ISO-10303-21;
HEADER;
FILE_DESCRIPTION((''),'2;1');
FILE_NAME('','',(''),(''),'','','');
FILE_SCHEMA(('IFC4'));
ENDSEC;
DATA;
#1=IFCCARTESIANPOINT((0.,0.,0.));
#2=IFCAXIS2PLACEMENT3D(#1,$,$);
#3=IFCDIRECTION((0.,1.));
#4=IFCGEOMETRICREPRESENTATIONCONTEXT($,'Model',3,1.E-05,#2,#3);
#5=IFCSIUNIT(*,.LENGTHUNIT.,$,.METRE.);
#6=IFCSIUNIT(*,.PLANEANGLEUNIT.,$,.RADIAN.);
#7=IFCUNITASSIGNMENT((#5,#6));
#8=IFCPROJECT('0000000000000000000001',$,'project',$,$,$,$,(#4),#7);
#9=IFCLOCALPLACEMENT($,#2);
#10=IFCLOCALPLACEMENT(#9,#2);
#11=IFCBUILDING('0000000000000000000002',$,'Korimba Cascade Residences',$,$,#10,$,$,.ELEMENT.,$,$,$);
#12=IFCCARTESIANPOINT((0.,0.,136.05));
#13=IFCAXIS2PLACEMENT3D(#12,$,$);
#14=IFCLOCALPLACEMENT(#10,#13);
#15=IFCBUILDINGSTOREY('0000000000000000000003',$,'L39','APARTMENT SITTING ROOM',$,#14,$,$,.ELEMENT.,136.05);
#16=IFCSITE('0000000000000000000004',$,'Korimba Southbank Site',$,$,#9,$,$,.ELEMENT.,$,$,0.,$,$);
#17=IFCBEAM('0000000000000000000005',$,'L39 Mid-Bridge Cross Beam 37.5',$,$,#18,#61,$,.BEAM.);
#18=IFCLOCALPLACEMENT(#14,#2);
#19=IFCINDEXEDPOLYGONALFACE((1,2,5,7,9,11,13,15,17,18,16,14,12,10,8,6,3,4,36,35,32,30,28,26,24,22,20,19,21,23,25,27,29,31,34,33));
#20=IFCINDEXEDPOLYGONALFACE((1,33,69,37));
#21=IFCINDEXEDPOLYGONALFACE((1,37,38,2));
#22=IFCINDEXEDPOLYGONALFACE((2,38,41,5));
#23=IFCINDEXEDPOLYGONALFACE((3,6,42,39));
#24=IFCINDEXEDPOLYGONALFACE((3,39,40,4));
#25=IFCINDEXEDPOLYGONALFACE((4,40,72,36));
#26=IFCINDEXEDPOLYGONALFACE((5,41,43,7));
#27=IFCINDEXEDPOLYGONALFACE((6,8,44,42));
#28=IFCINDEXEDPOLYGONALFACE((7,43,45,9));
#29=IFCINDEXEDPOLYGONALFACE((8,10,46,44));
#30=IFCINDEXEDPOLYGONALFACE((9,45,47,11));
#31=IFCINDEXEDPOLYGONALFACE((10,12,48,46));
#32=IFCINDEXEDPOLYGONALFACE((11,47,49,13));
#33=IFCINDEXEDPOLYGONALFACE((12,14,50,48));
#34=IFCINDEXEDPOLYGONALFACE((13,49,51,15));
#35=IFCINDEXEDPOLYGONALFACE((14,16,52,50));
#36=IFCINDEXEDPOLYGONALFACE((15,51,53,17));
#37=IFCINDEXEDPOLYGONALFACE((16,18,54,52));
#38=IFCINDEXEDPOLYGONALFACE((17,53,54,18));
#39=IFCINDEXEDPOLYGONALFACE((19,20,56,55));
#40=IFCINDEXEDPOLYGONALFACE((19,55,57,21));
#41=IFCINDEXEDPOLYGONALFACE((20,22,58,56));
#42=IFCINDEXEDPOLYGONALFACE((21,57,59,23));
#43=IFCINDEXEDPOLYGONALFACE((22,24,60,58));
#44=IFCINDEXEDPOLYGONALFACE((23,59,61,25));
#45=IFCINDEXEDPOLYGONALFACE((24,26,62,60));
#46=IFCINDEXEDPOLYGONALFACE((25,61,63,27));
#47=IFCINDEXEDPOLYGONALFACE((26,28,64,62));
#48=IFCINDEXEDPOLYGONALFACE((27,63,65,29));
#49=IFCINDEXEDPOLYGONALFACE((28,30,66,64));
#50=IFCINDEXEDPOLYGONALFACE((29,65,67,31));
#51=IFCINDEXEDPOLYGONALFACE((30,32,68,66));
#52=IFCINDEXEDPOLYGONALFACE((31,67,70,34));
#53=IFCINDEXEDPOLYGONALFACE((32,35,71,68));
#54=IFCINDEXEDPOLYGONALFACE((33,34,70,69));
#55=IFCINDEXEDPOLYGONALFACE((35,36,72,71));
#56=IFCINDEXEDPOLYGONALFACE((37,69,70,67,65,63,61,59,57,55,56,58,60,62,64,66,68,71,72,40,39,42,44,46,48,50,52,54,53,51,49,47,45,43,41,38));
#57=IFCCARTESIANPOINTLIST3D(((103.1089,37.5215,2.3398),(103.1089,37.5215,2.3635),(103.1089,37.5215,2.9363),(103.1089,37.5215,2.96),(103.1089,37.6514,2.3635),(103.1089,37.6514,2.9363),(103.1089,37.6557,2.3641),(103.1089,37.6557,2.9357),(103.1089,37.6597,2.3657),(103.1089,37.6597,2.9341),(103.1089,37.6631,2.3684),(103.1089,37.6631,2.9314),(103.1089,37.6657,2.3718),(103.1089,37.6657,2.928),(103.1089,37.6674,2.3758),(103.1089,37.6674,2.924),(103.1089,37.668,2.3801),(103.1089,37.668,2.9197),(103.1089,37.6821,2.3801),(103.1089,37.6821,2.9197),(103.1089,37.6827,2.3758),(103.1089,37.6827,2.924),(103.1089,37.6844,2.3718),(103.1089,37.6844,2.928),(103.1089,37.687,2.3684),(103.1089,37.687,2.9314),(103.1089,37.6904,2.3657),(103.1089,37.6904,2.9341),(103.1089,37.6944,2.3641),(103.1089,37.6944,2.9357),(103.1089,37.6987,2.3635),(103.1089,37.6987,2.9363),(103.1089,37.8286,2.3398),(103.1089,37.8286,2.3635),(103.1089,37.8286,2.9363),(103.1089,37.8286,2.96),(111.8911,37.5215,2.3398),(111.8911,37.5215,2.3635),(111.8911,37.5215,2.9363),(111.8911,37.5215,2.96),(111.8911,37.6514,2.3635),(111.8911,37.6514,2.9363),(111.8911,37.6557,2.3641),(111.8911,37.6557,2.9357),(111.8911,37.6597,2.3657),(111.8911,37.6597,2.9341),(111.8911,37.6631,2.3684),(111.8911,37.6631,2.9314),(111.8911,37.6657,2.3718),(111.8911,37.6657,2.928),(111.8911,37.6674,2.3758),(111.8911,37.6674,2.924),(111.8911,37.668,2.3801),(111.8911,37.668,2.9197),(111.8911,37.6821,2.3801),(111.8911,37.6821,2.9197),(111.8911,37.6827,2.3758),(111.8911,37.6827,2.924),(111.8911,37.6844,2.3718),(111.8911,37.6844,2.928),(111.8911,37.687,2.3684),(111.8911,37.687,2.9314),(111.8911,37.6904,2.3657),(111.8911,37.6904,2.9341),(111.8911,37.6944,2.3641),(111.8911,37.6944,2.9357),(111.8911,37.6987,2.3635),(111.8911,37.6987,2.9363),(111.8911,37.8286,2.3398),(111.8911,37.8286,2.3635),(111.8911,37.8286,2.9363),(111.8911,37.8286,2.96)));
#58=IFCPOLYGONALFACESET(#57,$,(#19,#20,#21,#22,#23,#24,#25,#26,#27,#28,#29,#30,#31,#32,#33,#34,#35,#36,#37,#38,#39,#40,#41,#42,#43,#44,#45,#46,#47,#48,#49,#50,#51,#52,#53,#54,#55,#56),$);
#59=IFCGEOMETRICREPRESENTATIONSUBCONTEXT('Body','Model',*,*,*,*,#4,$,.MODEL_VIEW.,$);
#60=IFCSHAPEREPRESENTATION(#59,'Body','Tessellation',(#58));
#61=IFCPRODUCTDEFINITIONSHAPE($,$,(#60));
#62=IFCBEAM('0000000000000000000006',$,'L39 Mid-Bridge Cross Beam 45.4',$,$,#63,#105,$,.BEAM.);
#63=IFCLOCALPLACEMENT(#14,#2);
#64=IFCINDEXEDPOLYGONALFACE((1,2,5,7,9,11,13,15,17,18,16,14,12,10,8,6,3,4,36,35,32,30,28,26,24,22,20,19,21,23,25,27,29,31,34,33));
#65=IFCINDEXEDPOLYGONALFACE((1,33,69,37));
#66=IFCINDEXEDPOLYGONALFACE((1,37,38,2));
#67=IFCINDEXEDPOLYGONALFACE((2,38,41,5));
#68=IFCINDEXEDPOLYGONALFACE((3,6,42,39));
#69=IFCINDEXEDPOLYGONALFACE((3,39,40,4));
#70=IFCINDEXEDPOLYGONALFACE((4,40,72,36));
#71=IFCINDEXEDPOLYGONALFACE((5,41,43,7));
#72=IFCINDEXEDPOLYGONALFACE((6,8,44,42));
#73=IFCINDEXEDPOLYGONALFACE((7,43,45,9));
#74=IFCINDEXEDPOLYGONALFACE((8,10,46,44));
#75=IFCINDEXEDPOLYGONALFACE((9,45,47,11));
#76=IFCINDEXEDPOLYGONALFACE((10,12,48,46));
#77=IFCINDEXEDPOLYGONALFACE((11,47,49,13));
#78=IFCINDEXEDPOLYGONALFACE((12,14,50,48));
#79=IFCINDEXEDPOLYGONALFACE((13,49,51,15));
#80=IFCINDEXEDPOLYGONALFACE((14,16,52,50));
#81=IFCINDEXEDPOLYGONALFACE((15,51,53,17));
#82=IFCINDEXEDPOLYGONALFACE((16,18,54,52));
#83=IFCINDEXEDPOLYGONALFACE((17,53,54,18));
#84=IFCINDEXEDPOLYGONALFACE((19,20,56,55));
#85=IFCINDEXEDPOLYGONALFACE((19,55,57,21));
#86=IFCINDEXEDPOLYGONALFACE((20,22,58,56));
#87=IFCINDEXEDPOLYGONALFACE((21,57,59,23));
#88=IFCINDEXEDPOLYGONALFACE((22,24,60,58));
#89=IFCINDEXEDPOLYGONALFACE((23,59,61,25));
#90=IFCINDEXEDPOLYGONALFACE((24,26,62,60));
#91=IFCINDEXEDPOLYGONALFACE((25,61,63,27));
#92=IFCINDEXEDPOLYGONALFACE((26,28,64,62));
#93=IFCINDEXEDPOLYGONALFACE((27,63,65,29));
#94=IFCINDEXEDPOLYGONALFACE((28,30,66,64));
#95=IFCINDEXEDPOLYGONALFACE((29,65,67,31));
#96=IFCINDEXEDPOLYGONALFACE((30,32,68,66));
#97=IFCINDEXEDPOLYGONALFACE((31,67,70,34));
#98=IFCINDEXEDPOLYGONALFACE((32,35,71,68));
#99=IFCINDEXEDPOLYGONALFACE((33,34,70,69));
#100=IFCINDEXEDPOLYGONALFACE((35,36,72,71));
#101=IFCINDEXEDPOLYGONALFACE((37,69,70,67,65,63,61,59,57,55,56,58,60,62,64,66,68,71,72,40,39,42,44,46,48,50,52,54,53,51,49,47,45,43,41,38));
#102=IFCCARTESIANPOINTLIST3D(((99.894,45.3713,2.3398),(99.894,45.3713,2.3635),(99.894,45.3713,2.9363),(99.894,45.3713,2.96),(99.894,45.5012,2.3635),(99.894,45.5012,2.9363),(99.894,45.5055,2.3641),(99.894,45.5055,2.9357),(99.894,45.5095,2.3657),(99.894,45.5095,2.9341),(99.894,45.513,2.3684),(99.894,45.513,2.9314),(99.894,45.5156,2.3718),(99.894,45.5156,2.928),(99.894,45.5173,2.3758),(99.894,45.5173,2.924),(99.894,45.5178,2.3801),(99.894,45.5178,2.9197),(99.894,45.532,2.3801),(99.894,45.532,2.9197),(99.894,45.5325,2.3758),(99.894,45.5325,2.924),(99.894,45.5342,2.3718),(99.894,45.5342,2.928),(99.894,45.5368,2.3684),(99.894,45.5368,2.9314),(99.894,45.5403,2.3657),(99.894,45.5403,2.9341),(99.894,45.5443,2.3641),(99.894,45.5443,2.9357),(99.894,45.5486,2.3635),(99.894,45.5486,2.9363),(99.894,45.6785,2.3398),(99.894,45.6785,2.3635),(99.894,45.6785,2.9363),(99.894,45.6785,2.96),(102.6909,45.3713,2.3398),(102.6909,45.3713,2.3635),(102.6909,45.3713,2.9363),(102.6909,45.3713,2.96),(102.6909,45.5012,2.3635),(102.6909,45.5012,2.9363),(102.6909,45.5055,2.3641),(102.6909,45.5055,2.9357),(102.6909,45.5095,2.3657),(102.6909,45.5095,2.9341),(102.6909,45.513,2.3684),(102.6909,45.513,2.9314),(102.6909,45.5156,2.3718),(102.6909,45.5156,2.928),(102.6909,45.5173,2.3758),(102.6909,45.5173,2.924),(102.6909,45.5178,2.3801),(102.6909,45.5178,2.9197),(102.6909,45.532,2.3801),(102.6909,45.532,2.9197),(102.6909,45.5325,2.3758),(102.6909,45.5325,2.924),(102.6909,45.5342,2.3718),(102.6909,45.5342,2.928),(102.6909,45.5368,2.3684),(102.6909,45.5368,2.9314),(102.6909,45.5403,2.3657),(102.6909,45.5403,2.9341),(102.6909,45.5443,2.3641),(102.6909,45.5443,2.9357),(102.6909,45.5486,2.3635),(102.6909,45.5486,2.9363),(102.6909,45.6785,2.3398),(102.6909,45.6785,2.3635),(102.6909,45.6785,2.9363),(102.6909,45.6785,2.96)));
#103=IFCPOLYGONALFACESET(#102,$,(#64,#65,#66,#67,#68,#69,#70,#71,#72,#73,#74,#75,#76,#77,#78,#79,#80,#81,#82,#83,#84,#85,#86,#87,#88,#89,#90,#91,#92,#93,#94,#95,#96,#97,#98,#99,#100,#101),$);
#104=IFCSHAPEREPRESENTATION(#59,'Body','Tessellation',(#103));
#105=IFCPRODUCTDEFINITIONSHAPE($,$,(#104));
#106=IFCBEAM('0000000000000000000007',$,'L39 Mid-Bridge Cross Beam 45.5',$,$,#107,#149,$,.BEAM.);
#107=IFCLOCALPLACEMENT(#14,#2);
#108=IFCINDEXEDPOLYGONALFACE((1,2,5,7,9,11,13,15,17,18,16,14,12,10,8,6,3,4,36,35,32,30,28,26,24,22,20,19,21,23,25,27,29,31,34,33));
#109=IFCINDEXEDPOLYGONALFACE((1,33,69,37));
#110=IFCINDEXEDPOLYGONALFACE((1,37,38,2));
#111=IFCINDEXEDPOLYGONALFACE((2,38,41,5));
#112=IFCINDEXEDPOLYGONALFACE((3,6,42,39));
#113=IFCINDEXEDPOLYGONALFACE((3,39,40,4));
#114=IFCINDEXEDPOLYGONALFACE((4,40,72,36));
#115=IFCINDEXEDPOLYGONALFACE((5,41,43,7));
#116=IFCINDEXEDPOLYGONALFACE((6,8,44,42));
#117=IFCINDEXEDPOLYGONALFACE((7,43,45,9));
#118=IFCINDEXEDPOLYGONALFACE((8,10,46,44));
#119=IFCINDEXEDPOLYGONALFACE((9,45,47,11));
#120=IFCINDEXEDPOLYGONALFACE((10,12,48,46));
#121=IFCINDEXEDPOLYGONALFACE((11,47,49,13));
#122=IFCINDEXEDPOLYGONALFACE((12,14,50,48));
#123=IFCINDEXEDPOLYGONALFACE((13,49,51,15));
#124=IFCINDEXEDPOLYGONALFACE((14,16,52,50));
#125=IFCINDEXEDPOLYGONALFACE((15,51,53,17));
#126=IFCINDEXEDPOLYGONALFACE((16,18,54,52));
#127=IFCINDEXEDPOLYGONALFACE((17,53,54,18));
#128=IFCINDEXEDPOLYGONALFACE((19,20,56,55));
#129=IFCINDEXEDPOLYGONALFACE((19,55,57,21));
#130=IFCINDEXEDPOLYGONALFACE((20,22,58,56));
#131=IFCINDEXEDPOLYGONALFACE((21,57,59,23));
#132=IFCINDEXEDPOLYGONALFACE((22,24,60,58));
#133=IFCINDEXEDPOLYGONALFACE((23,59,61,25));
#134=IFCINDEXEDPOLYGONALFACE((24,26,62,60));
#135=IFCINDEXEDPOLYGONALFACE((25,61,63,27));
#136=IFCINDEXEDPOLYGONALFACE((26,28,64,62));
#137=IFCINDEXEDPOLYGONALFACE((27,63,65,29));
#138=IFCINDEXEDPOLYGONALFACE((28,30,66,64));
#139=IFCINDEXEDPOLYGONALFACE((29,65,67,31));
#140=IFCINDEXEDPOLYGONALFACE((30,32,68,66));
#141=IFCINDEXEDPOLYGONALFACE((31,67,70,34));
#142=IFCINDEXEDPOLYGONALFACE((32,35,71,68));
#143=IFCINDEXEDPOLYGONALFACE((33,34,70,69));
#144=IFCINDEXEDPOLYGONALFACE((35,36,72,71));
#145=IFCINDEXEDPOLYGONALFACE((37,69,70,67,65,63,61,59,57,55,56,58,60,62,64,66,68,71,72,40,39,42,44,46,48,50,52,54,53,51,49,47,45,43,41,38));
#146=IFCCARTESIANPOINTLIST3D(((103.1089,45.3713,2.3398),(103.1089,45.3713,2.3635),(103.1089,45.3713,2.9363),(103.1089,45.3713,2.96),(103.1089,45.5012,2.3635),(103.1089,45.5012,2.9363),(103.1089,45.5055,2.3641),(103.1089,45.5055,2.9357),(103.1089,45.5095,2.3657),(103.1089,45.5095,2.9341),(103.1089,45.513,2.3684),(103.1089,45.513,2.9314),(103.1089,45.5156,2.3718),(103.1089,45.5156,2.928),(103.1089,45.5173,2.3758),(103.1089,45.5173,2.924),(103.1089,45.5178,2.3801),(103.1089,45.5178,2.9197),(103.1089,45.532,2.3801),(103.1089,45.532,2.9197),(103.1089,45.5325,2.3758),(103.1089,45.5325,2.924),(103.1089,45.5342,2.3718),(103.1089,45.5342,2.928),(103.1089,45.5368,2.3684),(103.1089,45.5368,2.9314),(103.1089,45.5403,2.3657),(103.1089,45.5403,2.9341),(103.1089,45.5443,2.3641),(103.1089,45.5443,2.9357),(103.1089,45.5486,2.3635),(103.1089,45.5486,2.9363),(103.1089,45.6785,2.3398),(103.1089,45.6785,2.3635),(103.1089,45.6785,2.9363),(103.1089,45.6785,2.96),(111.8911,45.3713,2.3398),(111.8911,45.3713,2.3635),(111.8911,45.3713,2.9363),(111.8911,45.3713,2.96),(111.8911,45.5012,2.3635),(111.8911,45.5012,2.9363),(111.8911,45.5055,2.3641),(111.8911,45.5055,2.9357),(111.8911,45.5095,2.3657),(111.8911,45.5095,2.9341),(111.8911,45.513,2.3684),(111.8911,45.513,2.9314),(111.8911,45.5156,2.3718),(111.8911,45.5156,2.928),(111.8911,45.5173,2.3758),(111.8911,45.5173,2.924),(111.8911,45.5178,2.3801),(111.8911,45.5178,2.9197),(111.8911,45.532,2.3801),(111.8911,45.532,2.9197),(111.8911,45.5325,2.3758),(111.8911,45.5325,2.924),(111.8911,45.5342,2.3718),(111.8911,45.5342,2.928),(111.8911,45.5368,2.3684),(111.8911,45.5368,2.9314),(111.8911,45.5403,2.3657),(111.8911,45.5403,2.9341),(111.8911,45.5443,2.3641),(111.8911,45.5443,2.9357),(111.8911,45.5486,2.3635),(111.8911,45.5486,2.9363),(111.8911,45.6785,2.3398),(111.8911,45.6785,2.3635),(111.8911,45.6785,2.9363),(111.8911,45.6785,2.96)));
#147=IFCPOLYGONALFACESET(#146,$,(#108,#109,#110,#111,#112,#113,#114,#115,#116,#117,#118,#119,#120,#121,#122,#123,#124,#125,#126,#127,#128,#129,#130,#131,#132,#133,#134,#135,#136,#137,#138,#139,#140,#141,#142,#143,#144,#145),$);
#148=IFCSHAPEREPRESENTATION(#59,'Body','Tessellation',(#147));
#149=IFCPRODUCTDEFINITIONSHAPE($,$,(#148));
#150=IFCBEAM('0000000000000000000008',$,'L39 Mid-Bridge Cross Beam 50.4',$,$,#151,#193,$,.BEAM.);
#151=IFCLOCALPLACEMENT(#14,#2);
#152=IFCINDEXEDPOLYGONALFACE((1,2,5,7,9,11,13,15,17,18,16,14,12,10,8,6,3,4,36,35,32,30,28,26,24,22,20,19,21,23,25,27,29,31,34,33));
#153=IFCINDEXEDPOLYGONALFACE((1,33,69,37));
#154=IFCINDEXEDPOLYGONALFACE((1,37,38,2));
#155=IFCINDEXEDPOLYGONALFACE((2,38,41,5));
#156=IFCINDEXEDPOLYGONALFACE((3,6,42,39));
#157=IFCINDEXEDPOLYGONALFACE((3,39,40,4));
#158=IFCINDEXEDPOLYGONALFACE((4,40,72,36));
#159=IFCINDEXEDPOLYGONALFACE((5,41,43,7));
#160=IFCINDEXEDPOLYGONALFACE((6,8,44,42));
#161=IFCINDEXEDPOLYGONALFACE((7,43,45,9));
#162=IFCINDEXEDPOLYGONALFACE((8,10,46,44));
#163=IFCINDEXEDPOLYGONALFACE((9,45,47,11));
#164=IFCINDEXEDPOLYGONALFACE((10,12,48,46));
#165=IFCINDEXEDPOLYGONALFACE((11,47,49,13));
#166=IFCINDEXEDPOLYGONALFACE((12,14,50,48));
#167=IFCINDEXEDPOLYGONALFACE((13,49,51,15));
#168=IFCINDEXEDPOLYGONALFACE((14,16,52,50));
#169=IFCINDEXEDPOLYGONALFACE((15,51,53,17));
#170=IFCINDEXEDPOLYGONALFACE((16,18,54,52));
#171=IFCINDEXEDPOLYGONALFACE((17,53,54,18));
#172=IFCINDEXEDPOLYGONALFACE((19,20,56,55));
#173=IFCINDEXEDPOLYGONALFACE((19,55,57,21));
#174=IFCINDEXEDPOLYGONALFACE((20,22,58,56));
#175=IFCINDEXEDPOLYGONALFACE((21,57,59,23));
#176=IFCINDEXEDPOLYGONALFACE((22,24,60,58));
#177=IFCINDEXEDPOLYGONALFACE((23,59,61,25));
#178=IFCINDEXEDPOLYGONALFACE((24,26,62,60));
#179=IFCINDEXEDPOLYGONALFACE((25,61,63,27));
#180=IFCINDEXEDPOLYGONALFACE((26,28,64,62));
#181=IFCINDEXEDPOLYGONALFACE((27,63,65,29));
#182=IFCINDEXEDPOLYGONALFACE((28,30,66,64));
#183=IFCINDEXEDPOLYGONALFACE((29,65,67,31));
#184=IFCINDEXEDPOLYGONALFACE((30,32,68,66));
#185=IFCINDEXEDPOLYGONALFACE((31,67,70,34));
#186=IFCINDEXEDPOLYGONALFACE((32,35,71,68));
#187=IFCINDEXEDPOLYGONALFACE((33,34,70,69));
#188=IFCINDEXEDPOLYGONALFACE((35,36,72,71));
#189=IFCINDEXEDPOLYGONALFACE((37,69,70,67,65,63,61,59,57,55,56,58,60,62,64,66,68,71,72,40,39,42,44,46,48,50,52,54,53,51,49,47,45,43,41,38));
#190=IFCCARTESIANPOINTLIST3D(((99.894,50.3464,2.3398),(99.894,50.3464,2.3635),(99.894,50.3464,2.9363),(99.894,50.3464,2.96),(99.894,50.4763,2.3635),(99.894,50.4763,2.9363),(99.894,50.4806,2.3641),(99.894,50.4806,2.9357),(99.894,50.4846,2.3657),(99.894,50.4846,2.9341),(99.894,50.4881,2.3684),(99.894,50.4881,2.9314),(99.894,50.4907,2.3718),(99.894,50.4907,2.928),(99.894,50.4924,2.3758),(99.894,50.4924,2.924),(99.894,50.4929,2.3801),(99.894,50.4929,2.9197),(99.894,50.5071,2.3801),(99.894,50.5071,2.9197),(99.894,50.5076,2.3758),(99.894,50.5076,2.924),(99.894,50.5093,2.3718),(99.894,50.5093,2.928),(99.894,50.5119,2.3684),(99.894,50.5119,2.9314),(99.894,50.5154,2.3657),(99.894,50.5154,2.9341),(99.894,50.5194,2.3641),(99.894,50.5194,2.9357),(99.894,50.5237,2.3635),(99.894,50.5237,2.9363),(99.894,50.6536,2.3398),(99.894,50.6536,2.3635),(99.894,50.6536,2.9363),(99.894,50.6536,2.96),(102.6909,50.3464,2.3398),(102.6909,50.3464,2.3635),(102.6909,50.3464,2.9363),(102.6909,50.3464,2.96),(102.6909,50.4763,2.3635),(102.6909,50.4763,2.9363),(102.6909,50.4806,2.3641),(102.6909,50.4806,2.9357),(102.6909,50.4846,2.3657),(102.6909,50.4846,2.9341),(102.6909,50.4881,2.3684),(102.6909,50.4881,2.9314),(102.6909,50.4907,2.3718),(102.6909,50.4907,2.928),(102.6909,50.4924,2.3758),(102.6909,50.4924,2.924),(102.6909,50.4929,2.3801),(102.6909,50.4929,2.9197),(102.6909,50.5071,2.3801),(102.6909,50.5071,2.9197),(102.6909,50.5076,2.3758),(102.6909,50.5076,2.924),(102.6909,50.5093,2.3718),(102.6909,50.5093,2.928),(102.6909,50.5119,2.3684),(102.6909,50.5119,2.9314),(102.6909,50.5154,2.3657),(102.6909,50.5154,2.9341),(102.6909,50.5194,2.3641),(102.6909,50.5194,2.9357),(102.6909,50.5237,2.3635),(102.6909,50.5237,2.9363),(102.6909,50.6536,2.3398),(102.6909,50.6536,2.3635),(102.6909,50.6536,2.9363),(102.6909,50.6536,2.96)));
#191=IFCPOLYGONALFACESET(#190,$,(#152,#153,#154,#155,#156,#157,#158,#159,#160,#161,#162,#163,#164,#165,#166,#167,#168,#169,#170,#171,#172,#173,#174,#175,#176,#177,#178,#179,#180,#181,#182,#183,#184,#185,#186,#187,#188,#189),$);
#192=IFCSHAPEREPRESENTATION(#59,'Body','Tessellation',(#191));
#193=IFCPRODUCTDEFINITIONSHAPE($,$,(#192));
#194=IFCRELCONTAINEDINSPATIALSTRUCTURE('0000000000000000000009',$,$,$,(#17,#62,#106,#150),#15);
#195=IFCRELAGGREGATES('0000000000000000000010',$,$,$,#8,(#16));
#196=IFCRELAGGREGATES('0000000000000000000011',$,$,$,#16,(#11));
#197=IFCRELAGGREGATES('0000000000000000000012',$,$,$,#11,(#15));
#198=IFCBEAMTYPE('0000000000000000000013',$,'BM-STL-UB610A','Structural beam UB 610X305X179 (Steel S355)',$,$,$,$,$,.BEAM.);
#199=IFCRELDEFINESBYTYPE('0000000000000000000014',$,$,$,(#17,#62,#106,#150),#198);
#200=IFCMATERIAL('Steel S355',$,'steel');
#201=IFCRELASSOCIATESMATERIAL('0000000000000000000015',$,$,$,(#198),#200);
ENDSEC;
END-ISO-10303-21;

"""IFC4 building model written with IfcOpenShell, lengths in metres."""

from ifc_helpers import new_model, si_unit, direction, frame, origin, origin_2d, place, context, subcontext, project, spatial, i_section, extrude, material, material_profile, profile_set, type_object, element, save


model = new_model("IFC4")

# Units and contexts
model_context = context("Model", 3, precision=1e-05, world=origin(), true_north=direction((0.0, 1.0)))
body_context = subcontext(model_context, "Body", "Model", "MODEL_VIEW")
ifc_project = project(units=[si_unit("LENGTHUNIT", "METRE"), si_unit("PLANEANGLEUNIT", "RADIAN")], contexts=[model_context])

# Site, building, storey
site_placement = place(None, origin())
site = spatial("IfcSite", under=ifc_project, at=site_placement, Name="Korimba Southbank Site", CompositionType="ELEMENT", RefElevation=0.0)
building_placement = place(site_placement, origin())
building = spatial("IfcBuilding", under=site, at=building_placement, Name="Korimba Cascade Residences", CompositionType="ELEMENT")
storey_placement = place(building_placement, frame((0.0, 0.0, 136.05)))
storey = spatial("IfcBuildingStorey", under=building, at=storey_placement, Name="L39", Description="APARTMENT SITTING ROOM", CompositionType="ELEMENT", Elevation=136.05)

# Beams
ifc_material_1 = material(Name="Steel S355", Category="steel")
ifc_material_profile_1 = material_profile(ifc_material_1, i_section(OverallWidth=0.3071, OverallDepth=0.6201, WebThickness=0.0142, FlangeThickness=0.0237, FilletRadius=0.0166, at=origin_2d()), Name="Steel S355")
ifc_profile_set_1 = profile_set([ifc_material_profile_1], Name="Steel S355")
beam_type_1 = type_object("IfcBeamType", Name="BM-STL-UB610A", Description="Structural beam UB 610X305X179 (Steel S355)", PredefinedType="BEAM", material=ifc_profile_set_1)
beam_1_placement = place(storey_placement, frame((103.1089, 37.675, 2.6499), z_axis=(1.0, 0.0, 0.0), x_axis=(0.0, 1.0, 0.0)))
element("IfcBeam", 1, at=beam_1_placement, inside=storey, type_object=beam_type_1, Name="L39 Mid-Bridge Cross Beam 37.5", PredefinedType="BEAM", context=body_context, shape_type="SweptSolid", body=[
    extrude(i_section(OverallWidth=0.3071, OverallDepth=0.6201, WebThickness=0.0142, FlangeThickness=0.0237, FilletRadius=0.0166, at=origin_2d()), origin(), (0.0, 0.0, 1.0), 8.7822),
])
beam_2_placement = place(storey_placement, frame((99.894, 45.5249, 2.6499), z_axis=(1.0, 0.0, 0.0), x_axis=(0.0, 1.0, 0.0)))
element("IfcBeam", 2, at=beam_2_placement, inside=storey, type_object=beam_type_1, Name="L39 Mid-Bridge Cross Beam 45.4", PredefinedType="BEAM", context=body_context, shape_type="SweptSolid", body=[
    extrude(i_section(OverallWidth=0.3071, OverallDepth=0.6201, WebThickness=0.0142, FlangeThickness=0.0237, FilletRadius=0.0166, at=origin_2d()), origin(), (0.0, 0.0, 1.0), 2.7969),
])
beam_3_placement = place(storey_placement, frame((103.1089, 45.5249, 2.6499), z_axis=(1.0, 0.0, 0.0), x_axis=(0.0, 1.0, 0.0)))
element("IfcBeam", 3, at=beam_3_placement, inside=storey, type_object=beam_type_1, Name="L39 Mid-Bridge Cross Beam 45.5", PredefinedType="BEAM", context=body_context, shape_type="SweptSolid", body=[
    extrude(i_section(OverallWidth=0.3071, OverallDepth=0.6201, WebThickness=0.0142, FlangeThickness=0.0237, FilletRadius=0.0166, at=origin_2d()), origin(), (0.0, 0.0, 1.0), 8.7822),
])
beam_4_placement = place(storey_placement, frame((99.894, 50.5, 2.6499), z_axis=(1.0, 0.0, 0.0), x_axis=(0.0, 1.0, 0.0)))
element("IfcBeam", 4, at=beam_4_placement, inside=storey, type_object=beam_type_1, Name="L39 Mid-Bridge Cross Beam 50.4", PredefinedType="BEAM", context=body_context, shape_type="SweptSolid", body=[
    extrude(i_section(OverallWidth=0.3071, OverallDepth=0.6201, WebThickness=0.0142, FlangeThickness=0.0237, FilletRadius=0.0166, at=origin_2d()), origin(), (0.0, 0.0, 1.0), 2.7969),
])

save(model, "model.ifc")
